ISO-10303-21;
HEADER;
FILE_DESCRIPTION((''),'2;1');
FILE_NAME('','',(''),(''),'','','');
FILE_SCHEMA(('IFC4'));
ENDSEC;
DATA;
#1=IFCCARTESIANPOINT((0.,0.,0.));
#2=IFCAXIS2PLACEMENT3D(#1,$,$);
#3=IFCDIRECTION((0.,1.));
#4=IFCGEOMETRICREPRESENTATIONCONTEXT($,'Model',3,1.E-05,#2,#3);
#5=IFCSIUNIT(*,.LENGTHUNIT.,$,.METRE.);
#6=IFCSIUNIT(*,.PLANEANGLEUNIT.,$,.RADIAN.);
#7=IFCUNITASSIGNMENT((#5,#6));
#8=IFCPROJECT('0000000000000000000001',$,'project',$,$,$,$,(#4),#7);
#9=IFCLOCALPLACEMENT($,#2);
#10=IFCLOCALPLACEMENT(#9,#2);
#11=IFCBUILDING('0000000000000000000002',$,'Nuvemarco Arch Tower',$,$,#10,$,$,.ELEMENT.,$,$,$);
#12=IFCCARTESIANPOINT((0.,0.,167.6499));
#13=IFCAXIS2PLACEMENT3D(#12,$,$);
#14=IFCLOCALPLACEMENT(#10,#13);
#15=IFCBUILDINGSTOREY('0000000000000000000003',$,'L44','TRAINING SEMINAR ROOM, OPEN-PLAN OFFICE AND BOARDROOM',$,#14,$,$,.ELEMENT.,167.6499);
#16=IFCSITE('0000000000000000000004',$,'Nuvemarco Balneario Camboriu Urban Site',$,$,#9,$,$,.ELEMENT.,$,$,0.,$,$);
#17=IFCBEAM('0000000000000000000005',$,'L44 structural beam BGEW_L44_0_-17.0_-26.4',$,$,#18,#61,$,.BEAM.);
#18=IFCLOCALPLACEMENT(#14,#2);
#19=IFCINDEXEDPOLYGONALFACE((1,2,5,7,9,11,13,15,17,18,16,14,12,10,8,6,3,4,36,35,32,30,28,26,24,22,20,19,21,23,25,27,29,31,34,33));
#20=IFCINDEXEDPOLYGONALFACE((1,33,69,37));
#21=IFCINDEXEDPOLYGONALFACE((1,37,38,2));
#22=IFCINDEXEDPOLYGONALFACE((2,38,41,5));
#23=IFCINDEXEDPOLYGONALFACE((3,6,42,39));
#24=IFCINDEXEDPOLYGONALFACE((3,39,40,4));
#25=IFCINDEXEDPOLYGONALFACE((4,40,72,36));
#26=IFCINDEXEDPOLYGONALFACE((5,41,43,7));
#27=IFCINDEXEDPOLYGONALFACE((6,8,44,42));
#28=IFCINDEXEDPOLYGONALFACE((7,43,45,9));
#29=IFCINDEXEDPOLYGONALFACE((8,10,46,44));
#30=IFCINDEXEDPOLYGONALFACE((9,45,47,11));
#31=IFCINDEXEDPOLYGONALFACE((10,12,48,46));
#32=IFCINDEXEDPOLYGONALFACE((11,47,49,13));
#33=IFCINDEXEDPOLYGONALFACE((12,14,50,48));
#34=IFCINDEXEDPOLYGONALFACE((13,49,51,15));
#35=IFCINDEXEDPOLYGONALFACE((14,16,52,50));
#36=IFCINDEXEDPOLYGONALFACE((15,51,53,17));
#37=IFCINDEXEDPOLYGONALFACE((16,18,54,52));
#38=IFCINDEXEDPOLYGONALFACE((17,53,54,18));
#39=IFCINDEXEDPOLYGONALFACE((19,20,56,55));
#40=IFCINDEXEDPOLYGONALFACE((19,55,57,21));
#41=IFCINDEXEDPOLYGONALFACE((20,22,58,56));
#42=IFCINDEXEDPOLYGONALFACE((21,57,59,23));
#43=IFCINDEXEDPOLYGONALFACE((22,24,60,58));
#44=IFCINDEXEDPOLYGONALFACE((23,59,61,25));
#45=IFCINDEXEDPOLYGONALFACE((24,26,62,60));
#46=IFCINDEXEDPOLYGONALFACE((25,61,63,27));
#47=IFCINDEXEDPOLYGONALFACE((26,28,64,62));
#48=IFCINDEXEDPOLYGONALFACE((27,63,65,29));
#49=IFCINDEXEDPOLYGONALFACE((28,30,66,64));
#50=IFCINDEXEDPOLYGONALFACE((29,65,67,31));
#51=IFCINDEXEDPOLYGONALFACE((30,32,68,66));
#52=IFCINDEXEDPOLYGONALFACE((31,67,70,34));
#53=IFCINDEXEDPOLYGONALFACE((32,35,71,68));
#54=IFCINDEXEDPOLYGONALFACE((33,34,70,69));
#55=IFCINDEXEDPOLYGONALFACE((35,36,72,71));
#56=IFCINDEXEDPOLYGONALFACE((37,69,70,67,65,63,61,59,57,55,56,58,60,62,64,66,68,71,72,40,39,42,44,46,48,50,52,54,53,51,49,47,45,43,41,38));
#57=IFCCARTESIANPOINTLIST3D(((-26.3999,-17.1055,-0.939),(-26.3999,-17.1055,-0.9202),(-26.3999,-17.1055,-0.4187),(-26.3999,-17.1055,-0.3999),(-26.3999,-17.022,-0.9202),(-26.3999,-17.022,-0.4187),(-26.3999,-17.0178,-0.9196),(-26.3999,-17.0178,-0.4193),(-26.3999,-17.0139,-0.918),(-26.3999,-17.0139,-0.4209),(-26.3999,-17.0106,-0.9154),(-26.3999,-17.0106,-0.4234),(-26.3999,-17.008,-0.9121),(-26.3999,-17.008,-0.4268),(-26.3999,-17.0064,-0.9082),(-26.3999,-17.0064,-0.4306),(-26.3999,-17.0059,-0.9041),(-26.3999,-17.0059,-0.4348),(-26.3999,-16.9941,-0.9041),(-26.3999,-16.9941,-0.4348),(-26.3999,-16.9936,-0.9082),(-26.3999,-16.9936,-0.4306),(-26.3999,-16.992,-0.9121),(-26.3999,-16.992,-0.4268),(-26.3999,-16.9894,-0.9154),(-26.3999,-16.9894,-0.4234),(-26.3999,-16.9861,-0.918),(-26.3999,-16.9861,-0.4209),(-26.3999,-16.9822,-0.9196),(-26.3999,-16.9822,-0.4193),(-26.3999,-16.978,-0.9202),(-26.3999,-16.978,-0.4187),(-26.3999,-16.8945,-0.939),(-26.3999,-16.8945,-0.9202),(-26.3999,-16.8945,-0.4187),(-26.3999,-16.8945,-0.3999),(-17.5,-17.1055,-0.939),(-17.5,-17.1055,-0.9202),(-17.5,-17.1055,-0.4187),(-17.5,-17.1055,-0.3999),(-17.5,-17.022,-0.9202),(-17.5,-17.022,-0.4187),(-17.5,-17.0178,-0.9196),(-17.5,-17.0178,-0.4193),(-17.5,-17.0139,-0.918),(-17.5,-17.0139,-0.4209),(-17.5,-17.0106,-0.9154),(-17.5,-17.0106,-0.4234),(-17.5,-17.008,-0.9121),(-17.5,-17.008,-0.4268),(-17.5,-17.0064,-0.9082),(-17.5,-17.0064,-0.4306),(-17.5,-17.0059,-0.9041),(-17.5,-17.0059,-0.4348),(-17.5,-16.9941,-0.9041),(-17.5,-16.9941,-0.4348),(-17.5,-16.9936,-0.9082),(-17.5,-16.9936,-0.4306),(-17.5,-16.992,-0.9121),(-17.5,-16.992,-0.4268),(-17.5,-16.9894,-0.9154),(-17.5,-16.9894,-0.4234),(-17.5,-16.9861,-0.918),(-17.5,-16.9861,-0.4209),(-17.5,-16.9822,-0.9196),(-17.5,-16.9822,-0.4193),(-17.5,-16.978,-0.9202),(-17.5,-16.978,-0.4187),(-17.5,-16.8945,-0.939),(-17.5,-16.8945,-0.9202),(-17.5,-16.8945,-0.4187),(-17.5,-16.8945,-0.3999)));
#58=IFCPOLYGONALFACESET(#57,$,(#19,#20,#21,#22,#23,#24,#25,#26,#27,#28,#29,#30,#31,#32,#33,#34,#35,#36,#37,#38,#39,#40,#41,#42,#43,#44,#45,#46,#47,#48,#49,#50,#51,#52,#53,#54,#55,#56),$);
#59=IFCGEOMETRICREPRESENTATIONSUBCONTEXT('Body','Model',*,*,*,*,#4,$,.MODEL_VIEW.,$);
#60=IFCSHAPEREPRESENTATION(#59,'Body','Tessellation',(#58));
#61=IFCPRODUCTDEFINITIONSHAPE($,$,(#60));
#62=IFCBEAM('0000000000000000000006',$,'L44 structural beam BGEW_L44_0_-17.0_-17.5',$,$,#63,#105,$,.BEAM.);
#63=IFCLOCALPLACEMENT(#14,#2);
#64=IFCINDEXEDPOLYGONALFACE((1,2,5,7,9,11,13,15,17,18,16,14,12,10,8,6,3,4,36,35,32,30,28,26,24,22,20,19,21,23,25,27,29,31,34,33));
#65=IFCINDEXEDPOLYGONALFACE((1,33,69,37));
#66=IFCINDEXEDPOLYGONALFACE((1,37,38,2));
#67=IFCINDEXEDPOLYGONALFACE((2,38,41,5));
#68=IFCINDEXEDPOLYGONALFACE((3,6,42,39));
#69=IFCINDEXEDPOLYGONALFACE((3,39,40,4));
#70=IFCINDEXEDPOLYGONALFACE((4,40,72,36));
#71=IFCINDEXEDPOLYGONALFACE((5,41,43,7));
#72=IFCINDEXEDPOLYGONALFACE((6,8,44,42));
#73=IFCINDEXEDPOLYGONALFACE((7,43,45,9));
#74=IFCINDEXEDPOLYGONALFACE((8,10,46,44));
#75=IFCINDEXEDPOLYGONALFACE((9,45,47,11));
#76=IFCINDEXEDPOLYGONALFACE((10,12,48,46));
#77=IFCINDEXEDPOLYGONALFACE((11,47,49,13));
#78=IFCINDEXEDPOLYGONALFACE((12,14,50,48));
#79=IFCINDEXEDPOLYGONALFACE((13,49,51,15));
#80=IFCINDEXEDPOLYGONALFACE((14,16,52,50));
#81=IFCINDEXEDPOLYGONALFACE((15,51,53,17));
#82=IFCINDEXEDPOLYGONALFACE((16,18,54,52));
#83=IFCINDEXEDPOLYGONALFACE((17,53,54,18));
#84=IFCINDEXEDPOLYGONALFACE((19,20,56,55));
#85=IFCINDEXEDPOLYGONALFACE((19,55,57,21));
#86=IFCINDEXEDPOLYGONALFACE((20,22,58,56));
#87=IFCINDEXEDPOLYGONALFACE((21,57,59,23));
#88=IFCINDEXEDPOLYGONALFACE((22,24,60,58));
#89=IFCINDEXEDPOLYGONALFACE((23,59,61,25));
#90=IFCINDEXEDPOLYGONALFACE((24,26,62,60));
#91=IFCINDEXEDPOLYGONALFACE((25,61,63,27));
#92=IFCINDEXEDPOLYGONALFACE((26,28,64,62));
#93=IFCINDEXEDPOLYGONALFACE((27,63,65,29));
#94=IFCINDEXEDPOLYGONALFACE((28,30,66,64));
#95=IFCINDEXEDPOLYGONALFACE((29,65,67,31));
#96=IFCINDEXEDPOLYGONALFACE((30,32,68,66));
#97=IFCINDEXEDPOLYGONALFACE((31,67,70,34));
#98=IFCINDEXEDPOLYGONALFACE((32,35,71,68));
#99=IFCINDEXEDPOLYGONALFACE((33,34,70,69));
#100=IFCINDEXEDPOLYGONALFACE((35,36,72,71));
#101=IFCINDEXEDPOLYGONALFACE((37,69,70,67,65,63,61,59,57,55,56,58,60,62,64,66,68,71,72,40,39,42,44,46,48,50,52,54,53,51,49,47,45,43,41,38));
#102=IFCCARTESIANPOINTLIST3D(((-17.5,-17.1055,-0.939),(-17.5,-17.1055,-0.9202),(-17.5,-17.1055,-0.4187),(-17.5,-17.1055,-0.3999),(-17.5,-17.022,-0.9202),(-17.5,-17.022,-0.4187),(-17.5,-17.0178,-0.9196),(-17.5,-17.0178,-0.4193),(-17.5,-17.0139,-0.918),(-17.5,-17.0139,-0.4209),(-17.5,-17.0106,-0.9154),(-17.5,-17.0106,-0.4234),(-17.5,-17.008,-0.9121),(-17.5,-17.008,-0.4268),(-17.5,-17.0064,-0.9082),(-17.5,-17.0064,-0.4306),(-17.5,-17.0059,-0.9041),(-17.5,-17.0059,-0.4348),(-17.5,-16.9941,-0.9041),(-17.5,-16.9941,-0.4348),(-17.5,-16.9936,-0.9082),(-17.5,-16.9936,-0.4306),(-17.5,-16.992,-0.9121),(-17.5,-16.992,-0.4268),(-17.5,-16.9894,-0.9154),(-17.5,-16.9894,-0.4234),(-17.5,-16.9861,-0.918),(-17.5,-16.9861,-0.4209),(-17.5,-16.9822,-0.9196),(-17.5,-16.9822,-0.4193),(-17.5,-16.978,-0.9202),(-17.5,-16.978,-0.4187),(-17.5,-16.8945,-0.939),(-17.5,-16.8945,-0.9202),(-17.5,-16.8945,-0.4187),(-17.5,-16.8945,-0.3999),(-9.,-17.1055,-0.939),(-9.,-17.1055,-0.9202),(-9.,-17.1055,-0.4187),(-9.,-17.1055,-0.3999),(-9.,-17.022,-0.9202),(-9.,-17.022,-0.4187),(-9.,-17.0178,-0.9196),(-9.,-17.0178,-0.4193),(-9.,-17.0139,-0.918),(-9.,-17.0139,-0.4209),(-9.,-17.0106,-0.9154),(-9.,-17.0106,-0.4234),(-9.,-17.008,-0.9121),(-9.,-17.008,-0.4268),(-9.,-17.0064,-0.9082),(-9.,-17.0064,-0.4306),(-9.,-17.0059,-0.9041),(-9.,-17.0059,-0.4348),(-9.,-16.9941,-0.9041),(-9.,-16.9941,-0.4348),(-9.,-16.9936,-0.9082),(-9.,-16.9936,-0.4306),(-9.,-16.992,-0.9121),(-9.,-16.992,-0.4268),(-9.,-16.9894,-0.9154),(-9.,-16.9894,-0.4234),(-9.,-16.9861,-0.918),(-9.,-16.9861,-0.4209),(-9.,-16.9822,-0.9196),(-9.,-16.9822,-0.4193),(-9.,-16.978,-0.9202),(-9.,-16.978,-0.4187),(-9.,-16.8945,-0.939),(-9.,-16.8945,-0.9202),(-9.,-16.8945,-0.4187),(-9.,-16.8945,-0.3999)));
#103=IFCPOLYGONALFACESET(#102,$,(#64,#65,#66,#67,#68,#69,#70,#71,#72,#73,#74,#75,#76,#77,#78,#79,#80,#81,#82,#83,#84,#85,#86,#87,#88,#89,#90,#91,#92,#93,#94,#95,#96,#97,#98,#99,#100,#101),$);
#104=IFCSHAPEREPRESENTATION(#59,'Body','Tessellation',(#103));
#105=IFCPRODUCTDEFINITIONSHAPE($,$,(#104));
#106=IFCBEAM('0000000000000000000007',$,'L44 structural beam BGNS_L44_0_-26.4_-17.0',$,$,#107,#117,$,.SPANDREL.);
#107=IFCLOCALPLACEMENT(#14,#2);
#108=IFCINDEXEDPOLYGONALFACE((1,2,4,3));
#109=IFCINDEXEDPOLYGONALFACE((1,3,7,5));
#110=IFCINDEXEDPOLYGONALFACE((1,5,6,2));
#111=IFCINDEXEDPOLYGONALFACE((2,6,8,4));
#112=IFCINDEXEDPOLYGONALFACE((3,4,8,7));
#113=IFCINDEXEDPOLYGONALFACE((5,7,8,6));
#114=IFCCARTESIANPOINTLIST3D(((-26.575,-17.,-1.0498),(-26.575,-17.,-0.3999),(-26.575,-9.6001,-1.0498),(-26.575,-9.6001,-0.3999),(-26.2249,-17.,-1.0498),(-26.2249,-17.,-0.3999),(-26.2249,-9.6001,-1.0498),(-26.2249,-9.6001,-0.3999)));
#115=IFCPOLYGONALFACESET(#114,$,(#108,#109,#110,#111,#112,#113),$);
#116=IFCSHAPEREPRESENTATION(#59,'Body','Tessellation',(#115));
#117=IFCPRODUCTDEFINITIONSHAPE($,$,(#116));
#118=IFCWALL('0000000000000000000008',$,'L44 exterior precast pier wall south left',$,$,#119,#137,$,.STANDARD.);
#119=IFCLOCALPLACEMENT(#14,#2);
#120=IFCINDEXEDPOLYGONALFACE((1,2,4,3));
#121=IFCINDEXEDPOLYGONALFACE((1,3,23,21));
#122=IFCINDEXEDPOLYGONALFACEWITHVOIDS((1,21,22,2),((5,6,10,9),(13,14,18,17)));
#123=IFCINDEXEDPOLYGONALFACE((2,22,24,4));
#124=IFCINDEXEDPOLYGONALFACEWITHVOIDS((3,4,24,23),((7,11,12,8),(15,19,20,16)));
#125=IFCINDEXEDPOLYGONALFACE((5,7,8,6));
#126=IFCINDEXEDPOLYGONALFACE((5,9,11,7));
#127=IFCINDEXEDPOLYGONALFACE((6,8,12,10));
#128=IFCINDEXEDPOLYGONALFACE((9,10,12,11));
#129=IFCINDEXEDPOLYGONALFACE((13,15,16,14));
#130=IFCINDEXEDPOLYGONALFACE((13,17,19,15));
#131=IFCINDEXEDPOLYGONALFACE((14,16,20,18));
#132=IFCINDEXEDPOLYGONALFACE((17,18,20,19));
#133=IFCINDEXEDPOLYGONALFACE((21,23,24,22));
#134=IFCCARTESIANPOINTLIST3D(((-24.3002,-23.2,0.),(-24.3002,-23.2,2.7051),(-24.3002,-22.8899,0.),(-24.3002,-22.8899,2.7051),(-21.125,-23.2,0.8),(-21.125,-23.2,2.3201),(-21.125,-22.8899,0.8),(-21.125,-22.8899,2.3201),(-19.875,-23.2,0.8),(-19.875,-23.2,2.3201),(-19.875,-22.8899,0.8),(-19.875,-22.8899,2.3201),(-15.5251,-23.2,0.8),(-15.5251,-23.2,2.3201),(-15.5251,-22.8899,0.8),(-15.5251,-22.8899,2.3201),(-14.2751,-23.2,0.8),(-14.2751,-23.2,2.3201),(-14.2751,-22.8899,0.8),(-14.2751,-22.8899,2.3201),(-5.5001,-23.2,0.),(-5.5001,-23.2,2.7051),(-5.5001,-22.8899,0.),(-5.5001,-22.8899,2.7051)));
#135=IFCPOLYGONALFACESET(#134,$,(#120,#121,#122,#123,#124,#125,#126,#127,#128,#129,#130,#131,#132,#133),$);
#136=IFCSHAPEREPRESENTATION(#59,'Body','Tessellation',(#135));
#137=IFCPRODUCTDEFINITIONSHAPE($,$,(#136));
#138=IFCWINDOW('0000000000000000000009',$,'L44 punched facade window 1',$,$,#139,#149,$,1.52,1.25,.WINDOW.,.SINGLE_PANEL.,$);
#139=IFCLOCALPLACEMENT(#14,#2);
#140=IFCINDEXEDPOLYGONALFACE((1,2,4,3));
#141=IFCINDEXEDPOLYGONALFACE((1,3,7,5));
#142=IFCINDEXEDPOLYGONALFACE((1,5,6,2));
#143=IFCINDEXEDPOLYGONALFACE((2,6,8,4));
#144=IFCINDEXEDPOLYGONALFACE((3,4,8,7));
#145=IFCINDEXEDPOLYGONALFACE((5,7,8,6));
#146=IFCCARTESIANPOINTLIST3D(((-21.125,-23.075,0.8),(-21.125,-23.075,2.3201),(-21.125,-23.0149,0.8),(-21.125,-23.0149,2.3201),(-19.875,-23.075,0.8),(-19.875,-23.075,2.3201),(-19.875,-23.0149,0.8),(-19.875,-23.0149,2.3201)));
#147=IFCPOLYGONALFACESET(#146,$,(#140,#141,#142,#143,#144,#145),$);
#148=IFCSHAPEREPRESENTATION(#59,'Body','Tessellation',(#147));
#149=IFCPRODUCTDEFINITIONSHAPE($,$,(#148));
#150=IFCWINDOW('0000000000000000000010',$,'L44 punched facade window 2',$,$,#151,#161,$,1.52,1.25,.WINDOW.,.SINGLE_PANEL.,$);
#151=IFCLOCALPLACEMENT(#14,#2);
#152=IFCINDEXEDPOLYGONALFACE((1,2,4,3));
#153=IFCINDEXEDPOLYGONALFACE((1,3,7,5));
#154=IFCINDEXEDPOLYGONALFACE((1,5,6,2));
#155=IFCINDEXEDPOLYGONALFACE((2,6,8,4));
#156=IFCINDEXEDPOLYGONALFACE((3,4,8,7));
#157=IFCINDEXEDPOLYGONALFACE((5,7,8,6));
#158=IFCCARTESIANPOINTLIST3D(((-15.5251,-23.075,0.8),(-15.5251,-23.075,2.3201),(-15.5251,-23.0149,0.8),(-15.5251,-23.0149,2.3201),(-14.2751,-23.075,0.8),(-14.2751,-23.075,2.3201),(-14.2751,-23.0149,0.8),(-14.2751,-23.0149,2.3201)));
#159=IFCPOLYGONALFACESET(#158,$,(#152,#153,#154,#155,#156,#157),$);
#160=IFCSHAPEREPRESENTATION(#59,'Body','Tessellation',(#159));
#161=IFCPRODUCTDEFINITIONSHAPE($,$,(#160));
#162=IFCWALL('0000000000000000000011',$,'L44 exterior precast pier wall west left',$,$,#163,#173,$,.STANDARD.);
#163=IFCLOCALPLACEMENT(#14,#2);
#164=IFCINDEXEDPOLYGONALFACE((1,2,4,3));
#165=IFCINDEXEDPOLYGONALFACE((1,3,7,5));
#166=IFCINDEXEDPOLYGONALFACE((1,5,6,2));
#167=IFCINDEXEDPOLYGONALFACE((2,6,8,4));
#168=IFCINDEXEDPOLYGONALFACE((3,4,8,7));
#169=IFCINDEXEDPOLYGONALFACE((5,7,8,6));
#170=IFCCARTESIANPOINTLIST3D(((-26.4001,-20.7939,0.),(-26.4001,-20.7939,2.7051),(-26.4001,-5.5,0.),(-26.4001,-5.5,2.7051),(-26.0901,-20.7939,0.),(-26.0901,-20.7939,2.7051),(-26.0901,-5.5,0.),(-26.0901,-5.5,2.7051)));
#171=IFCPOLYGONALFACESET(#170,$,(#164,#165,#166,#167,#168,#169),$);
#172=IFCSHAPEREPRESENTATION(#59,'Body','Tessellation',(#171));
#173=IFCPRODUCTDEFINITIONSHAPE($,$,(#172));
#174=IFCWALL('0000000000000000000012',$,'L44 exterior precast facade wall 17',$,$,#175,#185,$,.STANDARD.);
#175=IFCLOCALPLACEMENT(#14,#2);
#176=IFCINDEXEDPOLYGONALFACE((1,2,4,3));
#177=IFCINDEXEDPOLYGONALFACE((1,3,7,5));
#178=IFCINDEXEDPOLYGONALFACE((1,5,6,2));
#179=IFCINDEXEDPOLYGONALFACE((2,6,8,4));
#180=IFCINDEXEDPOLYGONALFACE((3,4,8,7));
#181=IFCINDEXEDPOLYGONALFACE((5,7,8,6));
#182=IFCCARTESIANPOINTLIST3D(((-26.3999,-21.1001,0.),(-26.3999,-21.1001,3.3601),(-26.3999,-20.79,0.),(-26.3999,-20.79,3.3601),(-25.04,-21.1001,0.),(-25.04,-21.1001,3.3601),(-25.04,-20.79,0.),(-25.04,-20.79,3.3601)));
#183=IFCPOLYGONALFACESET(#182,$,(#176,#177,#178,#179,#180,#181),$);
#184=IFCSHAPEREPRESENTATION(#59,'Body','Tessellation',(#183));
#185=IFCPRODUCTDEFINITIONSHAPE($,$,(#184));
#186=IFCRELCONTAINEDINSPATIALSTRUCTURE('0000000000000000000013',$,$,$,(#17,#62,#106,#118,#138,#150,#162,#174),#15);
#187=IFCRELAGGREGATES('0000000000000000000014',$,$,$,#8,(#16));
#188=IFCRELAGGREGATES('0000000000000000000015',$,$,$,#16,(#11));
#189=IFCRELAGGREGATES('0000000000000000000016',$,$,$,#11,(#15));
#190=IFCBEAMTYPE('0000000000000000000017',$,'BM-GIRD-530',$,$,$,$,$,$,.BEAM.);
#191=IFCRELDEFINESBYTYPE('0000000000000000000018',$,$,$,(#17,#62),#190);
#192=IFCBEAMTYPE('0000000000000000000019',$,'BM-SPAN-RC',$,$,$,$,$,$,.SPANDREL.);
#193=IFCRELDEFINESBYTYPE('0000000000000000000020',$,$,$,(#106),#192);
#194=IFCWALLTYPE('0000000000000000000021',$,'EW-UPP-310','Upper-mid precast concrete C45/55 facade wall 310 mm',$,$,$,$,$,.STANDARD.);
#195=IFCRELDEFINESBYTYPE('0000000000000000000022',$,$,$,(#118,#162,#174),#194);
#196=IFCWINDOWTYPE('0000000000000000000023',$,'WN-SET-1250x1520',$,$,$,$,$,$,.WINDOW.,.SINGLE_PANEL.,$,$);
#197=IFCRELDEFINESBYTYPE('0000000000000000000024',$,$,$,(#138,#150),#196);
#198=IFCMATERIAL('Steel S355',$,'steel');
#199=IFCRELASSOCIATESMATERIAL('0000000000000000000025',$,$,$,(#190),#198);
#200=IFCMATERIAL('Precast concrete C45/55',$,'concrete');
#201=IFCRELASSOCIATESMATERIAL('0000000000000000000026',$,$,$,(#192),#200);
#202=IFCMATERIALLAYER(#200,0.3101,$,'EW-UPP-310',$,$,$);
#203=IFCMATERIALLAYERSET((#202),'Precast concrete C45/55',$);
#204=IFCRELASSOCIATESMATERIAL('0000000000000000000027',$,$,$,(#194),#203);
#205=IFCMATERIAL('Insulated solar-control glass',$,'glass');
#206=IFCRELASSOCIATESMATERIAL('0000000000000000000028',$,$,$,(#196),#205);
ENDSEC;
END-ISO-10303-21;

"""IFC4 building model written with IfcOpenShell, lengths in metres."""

from ifc_helpers import new_model, si_unit, direction, frame, frame_2d, origin, origin_2d, place, context, subcontext, project, spatial, rectangle, i_section, extrude, source, transform, mapped, material, layer, layer_set, material_profile, profile_set, type_object, type_shapes, element, fill, save


model = new_model("IFC4")

# Units and contexts
model_context = context("Model", 3, precision=1e-05, world=origin(), true_north=direction((0.0, 1.0)))
body_context = subcontext(model_context, "Body", "Model", "MODEL_VIEW")
ifc_project = project(units=[si_unit("LENGTHUNIT", "METRE"), si_unit("PLANEANGLEUNIT", "RADIAN")], contexts=[model_context])

# Site, building, storey
site_placement = place(None, origin())
site = spatial("IfcSite", under=ifc_project, at=site_placement, Name="Nuvemarco Balneario Camboriu Urban Site", CompositionType="ELEMENT", RefElevation=0.0)
building_placement = place(site_placement, origin())
building = spatial("IfcBuilding", under=site, at=building_placement, Name="Nuvemarco Arch Tower", CompositionType="ELEMENT")
storey_placement = place(building_placement, frame((0.0, 0.0, 167.6499)))
storey = spatial("IfcBuildingStorey", under=building, at=storey_placement, Name="L44", Description="TRAINING SEMINAR ROOM, OPEN-PLAN OFFICE AND BOARDROOM", CompositionType="ELEMENT", Elevation=167.6499)

# Shared definitions
ifc_material_1 = material(Name="Steel S355", Category="steel")

# Beams
ifc_material_profile_1 = material_profile(ifc_material_1, i_section(OverallWidth=0.2109, OverallDepth=0.5391, WebThickness=0.0117, FlangeThickness=0.0188, FilletRadius=0.0161, at=origin_2d()), Name="W530x109")
ifc_profile_set_1 = profile_set([ifc_material_profile_1], Name="Steel S355")
beam_type_1 = type_object("IfcBeamType", Name="BM-GIRD-530", PredefinedType="BEAM", material=ifc_profile_set_1)
beam_1_placement = place(storey_placement, frame((-26.3999, -17.0, -0.6694), z_axis=(1.0, 0.0, 0.0), x_axis=(0.0, 1.0, 0.0)))
element("IfcBeam", 1, at=beam_1_placement, inside=storey, type_object=beam_type_1, Name="L44 structural beam BGEW_L44_0_-17.0_-26.4", PredefinedType="BEAM", context=body_context, shape_type="SweptSolid", body=[
    extrude(i_section(OverallWidth=0.2109, OverallDepth=0.5391, WebThickness=0.0117, FlangeThickness=0.0188, FilletRadius=0.0161, at=origin_2d()), origin(), (0.0, 0.0, 1.0), 8.8999),
])
beam_2_placement = place(storey_placement, frame((-17.5, -17.0, -0.6694), z_axis=(1.0, 0.0, 0.0), x_axis=(0.0, 1.0, 0.0)))
element("IfcBeam", 2, at=beam_2_placement, inside=storey, type_object=beam_type_1, Name="L44 structural beam BGEW_L44_0_-17.0_-17.5", PredefinedType="BEAM", context=body_context, shape_type="SweptSolid", body=[
    extrude(i_section(OverallWidth=0.2109, OverallDepth=0.5391, WebThickness=0.0117, FlangeThickness=0.0188, FilletRadius=0.0161, at=origin_2d()), origin(), (0.0, 0.0, 1.0), 8.5),
])
ifc_material_2 = material(Name="Precast concrete C45/55", Category="concrete")
ifc_material_profile_2 = material_profile(ifc_material_2, rectangle(XDim=0.3501, YDim=0.6499, at=origin_2d()), Name="PC-SP-350x650")
ifc_profile_set_2 = profile_set([ifc_material_profile_2], Name="Precast concrete C45/55")
beam_type_2 = type_object("IfcBeamType", Name="BM-SPAN-RC", PredefinedType="SPANDREL", material=ifc_profile_set_2)
beam_3_placement = place(storey_placement, frame((-26.3999, -17.0, -0.7249), z_axis=(0.0, 1.0, 0.0), x_axis=(-1.0, 0.0, 0.0)))
element("IfcBeam", 3, at=beam_3_placement, inside=storey, type_object=beam_type_2, Name="L44 structural beam BGNS_L44_0_-26.4_-17.0", PredefinedType="SPANDREL", context=body_context, shape_type="SweptSolid", body=[
    extrude(rectangle(XDim=0.3501, YDim=0.6499, at=origin_2d()), origin(), (0.0, 0.0, 1.0), 7.3999),
])

# Wall, openings, windows
ifc_layer_1 = layer(ifc_material_2, 0.3101, Name="EW-UPP-310")
ifc_layer_set_1 = layer_set([ifc_layer_1], Name="Precast concrete C45/55")
wall_type_1 = type_object("IfcWallType", Name="EW-UPP-310", Description="Upper-mid precast concrete C45/55 facade wall 310 mm", PredefinedType="STANDARD", material=ifc_layer_set_1)
wall_1_placement = place(storey_placement, frame((-24.3, -23.0449, 0.0), z_axis=(0.0, 0.0, 1.0), x_axis=(1.0, 0.0, 0.0)))
wall_1 = element("IfcWall", 4, at=wall_1_placement, inside=storey, type_object=wall_type_1, Name="L44 exterior precast pier wall south left", PredefinedType="STANDARD", context=body_context, shape_type="SweptSolid", body=[
    extrude(rectangle(XDim=18.8, YDim=0.3101, at=frame_2d((9.3999, 0.0))), origin(), (0.0, 0.0, 1.0), 2.7051),
])
opening_1_placement = place(wall_1_placement, frame((3.175, 0.0, 0.8)))
opening_1 = element("IfcOpeningElement", 5, at=opening_1_placement, cuts=wall_1, PredefinedType="OPENING", context=body_context, shape_type="SweptSolid", body=[
    extrude(rectangle(XDim=1.25, YDim=1.52, at=frame_2d((0.625, 0.76))), frame((0.0, 0.165, 0.0), z_axis=(0.0, -1.0, 0.0), x_axis=(1.0, 0.0, 0.0)), (0.0, 0.0, 1.0), 0.3301),
])
opening_2_placement = place(wall_1_placement, frame((8.7749, 0.0, 0.8)))
opening_2 = element("IfcOpeningElement", 6, at=opening_2_placement, cuts=wall_1, PredefinedType="OPENING", context=body_context, shape_type="SweptSolid", body=[
    extrude(rectangle(XDim=1.25, YDim=1.52, at=frame_2d((0.625, 0.76))), frame((0.0, 0.165, 0.0), z_axis=(0.0, -1.0, 0.0), x_axis=(1.0, 0.0, 0.0)), (0.0, 0.0, 1.0), 0.3301),
])
ifc_material_3 = material(Name="Insulated solar-control glass", Category="glass")
window_type = type_object("IfcWindowType", Name="WN-SET-1250x1520", PartitioningType="SINGLE_PANEL", PredefinedType="WINDOW", material=ifc_material_3)
shared_shape_1 = source(origin(), body_context, "Body", "SweptSolid", [
    extrude(rectangle(XDim=1.25, YDim=1.52, at=frame_2d((0.625, 0.76))), frame((0.0, 0.03, 0.0), z_axis=(0.0, -1.0, 0.0), x_axis=(1.0, 0.0, 0.0)), (0.0, 0.0, 1.0), 0.0601),
])
type_shapes(window_type, [shared_shape_1])
window_1_placement = place(opening_1_placement, origin())
window_1 = element("IfcWindow", 7, at=window_1_placement, inside=storey, type_object=window_type, Name="L44 punched facade window 1", OverallHeight=1.52, OverallWidth=1.25, PartitioningType="SINGLE_PANEL", PredefinedType="WINDOW", context=body_context, shape_type="MappedRepresentation", body=[
    mapped(shared_shape_1, transform((0.0, 0.0, 0.0), scale=1.0)),
])
fill(opening_1, window_1)
window_2_placement = place(opening_2_placement, origin())
window_2 = element("IfcWindow", 8, at=window_2_placement, inside=storey, type_object=window_type, Name="L44 punched facade window 2", OverallHeight=1.52, OverallWidth=1.25, PartitioningType="SINGLE_PANEL", PredefinedType="WINDOW", context=body_context, shape_type="MappedRepresentation", body=[
    mapped(shared_shape_1, transform((0.0, 0.0, 0.0), scale=1.0)),
])
fill(opening_2, window_2)

# Walls
wall_2_placement = place(storey_placement, frame((-26.2451, -20.7939, 0.0), z_axis=(0.0, 0.0, 1.0), x_axis=(0.0, 1.0, 0.0)))
element("IfcWall", 9, at=wall_2_placement, inside=storey, type_object=wall_type_1, Name="L44 exterior precast pier wall west left", PredefinedType="STANDARD", context=body_context, shape_type="SweptSolid", body=[
    extrude(rectangle(XDim=15.2939, YDim=0.3101, at=frame_2d((7.647, 0.0))), origin(), (0.0, 0.0, 1.0), 2.7051),
])
wall_3_placement = place(storey_placement, frame((-26.3999, -20.9451, 0.0), z_axis=(0.0, 0.0, 1.0), x_axis=(1.0, 0.0, 0.0)))
element("IfcWall", 10, at=wall_3_placement, inside=storey, type_object=wall_type_1, Name="L44 exterior precast facade wall 17", PredefinedType="STANDARD", context=body_context, shape_type="SweptSolid", body=[
    extrude(rectangle(XDim=1.3599, YDim=0.3101, at=frame_2d((0.6799, 0.0))), origin(), (0.0, 0.0, 1.0), 3.3601),
])

save(model, "model.ifc")
